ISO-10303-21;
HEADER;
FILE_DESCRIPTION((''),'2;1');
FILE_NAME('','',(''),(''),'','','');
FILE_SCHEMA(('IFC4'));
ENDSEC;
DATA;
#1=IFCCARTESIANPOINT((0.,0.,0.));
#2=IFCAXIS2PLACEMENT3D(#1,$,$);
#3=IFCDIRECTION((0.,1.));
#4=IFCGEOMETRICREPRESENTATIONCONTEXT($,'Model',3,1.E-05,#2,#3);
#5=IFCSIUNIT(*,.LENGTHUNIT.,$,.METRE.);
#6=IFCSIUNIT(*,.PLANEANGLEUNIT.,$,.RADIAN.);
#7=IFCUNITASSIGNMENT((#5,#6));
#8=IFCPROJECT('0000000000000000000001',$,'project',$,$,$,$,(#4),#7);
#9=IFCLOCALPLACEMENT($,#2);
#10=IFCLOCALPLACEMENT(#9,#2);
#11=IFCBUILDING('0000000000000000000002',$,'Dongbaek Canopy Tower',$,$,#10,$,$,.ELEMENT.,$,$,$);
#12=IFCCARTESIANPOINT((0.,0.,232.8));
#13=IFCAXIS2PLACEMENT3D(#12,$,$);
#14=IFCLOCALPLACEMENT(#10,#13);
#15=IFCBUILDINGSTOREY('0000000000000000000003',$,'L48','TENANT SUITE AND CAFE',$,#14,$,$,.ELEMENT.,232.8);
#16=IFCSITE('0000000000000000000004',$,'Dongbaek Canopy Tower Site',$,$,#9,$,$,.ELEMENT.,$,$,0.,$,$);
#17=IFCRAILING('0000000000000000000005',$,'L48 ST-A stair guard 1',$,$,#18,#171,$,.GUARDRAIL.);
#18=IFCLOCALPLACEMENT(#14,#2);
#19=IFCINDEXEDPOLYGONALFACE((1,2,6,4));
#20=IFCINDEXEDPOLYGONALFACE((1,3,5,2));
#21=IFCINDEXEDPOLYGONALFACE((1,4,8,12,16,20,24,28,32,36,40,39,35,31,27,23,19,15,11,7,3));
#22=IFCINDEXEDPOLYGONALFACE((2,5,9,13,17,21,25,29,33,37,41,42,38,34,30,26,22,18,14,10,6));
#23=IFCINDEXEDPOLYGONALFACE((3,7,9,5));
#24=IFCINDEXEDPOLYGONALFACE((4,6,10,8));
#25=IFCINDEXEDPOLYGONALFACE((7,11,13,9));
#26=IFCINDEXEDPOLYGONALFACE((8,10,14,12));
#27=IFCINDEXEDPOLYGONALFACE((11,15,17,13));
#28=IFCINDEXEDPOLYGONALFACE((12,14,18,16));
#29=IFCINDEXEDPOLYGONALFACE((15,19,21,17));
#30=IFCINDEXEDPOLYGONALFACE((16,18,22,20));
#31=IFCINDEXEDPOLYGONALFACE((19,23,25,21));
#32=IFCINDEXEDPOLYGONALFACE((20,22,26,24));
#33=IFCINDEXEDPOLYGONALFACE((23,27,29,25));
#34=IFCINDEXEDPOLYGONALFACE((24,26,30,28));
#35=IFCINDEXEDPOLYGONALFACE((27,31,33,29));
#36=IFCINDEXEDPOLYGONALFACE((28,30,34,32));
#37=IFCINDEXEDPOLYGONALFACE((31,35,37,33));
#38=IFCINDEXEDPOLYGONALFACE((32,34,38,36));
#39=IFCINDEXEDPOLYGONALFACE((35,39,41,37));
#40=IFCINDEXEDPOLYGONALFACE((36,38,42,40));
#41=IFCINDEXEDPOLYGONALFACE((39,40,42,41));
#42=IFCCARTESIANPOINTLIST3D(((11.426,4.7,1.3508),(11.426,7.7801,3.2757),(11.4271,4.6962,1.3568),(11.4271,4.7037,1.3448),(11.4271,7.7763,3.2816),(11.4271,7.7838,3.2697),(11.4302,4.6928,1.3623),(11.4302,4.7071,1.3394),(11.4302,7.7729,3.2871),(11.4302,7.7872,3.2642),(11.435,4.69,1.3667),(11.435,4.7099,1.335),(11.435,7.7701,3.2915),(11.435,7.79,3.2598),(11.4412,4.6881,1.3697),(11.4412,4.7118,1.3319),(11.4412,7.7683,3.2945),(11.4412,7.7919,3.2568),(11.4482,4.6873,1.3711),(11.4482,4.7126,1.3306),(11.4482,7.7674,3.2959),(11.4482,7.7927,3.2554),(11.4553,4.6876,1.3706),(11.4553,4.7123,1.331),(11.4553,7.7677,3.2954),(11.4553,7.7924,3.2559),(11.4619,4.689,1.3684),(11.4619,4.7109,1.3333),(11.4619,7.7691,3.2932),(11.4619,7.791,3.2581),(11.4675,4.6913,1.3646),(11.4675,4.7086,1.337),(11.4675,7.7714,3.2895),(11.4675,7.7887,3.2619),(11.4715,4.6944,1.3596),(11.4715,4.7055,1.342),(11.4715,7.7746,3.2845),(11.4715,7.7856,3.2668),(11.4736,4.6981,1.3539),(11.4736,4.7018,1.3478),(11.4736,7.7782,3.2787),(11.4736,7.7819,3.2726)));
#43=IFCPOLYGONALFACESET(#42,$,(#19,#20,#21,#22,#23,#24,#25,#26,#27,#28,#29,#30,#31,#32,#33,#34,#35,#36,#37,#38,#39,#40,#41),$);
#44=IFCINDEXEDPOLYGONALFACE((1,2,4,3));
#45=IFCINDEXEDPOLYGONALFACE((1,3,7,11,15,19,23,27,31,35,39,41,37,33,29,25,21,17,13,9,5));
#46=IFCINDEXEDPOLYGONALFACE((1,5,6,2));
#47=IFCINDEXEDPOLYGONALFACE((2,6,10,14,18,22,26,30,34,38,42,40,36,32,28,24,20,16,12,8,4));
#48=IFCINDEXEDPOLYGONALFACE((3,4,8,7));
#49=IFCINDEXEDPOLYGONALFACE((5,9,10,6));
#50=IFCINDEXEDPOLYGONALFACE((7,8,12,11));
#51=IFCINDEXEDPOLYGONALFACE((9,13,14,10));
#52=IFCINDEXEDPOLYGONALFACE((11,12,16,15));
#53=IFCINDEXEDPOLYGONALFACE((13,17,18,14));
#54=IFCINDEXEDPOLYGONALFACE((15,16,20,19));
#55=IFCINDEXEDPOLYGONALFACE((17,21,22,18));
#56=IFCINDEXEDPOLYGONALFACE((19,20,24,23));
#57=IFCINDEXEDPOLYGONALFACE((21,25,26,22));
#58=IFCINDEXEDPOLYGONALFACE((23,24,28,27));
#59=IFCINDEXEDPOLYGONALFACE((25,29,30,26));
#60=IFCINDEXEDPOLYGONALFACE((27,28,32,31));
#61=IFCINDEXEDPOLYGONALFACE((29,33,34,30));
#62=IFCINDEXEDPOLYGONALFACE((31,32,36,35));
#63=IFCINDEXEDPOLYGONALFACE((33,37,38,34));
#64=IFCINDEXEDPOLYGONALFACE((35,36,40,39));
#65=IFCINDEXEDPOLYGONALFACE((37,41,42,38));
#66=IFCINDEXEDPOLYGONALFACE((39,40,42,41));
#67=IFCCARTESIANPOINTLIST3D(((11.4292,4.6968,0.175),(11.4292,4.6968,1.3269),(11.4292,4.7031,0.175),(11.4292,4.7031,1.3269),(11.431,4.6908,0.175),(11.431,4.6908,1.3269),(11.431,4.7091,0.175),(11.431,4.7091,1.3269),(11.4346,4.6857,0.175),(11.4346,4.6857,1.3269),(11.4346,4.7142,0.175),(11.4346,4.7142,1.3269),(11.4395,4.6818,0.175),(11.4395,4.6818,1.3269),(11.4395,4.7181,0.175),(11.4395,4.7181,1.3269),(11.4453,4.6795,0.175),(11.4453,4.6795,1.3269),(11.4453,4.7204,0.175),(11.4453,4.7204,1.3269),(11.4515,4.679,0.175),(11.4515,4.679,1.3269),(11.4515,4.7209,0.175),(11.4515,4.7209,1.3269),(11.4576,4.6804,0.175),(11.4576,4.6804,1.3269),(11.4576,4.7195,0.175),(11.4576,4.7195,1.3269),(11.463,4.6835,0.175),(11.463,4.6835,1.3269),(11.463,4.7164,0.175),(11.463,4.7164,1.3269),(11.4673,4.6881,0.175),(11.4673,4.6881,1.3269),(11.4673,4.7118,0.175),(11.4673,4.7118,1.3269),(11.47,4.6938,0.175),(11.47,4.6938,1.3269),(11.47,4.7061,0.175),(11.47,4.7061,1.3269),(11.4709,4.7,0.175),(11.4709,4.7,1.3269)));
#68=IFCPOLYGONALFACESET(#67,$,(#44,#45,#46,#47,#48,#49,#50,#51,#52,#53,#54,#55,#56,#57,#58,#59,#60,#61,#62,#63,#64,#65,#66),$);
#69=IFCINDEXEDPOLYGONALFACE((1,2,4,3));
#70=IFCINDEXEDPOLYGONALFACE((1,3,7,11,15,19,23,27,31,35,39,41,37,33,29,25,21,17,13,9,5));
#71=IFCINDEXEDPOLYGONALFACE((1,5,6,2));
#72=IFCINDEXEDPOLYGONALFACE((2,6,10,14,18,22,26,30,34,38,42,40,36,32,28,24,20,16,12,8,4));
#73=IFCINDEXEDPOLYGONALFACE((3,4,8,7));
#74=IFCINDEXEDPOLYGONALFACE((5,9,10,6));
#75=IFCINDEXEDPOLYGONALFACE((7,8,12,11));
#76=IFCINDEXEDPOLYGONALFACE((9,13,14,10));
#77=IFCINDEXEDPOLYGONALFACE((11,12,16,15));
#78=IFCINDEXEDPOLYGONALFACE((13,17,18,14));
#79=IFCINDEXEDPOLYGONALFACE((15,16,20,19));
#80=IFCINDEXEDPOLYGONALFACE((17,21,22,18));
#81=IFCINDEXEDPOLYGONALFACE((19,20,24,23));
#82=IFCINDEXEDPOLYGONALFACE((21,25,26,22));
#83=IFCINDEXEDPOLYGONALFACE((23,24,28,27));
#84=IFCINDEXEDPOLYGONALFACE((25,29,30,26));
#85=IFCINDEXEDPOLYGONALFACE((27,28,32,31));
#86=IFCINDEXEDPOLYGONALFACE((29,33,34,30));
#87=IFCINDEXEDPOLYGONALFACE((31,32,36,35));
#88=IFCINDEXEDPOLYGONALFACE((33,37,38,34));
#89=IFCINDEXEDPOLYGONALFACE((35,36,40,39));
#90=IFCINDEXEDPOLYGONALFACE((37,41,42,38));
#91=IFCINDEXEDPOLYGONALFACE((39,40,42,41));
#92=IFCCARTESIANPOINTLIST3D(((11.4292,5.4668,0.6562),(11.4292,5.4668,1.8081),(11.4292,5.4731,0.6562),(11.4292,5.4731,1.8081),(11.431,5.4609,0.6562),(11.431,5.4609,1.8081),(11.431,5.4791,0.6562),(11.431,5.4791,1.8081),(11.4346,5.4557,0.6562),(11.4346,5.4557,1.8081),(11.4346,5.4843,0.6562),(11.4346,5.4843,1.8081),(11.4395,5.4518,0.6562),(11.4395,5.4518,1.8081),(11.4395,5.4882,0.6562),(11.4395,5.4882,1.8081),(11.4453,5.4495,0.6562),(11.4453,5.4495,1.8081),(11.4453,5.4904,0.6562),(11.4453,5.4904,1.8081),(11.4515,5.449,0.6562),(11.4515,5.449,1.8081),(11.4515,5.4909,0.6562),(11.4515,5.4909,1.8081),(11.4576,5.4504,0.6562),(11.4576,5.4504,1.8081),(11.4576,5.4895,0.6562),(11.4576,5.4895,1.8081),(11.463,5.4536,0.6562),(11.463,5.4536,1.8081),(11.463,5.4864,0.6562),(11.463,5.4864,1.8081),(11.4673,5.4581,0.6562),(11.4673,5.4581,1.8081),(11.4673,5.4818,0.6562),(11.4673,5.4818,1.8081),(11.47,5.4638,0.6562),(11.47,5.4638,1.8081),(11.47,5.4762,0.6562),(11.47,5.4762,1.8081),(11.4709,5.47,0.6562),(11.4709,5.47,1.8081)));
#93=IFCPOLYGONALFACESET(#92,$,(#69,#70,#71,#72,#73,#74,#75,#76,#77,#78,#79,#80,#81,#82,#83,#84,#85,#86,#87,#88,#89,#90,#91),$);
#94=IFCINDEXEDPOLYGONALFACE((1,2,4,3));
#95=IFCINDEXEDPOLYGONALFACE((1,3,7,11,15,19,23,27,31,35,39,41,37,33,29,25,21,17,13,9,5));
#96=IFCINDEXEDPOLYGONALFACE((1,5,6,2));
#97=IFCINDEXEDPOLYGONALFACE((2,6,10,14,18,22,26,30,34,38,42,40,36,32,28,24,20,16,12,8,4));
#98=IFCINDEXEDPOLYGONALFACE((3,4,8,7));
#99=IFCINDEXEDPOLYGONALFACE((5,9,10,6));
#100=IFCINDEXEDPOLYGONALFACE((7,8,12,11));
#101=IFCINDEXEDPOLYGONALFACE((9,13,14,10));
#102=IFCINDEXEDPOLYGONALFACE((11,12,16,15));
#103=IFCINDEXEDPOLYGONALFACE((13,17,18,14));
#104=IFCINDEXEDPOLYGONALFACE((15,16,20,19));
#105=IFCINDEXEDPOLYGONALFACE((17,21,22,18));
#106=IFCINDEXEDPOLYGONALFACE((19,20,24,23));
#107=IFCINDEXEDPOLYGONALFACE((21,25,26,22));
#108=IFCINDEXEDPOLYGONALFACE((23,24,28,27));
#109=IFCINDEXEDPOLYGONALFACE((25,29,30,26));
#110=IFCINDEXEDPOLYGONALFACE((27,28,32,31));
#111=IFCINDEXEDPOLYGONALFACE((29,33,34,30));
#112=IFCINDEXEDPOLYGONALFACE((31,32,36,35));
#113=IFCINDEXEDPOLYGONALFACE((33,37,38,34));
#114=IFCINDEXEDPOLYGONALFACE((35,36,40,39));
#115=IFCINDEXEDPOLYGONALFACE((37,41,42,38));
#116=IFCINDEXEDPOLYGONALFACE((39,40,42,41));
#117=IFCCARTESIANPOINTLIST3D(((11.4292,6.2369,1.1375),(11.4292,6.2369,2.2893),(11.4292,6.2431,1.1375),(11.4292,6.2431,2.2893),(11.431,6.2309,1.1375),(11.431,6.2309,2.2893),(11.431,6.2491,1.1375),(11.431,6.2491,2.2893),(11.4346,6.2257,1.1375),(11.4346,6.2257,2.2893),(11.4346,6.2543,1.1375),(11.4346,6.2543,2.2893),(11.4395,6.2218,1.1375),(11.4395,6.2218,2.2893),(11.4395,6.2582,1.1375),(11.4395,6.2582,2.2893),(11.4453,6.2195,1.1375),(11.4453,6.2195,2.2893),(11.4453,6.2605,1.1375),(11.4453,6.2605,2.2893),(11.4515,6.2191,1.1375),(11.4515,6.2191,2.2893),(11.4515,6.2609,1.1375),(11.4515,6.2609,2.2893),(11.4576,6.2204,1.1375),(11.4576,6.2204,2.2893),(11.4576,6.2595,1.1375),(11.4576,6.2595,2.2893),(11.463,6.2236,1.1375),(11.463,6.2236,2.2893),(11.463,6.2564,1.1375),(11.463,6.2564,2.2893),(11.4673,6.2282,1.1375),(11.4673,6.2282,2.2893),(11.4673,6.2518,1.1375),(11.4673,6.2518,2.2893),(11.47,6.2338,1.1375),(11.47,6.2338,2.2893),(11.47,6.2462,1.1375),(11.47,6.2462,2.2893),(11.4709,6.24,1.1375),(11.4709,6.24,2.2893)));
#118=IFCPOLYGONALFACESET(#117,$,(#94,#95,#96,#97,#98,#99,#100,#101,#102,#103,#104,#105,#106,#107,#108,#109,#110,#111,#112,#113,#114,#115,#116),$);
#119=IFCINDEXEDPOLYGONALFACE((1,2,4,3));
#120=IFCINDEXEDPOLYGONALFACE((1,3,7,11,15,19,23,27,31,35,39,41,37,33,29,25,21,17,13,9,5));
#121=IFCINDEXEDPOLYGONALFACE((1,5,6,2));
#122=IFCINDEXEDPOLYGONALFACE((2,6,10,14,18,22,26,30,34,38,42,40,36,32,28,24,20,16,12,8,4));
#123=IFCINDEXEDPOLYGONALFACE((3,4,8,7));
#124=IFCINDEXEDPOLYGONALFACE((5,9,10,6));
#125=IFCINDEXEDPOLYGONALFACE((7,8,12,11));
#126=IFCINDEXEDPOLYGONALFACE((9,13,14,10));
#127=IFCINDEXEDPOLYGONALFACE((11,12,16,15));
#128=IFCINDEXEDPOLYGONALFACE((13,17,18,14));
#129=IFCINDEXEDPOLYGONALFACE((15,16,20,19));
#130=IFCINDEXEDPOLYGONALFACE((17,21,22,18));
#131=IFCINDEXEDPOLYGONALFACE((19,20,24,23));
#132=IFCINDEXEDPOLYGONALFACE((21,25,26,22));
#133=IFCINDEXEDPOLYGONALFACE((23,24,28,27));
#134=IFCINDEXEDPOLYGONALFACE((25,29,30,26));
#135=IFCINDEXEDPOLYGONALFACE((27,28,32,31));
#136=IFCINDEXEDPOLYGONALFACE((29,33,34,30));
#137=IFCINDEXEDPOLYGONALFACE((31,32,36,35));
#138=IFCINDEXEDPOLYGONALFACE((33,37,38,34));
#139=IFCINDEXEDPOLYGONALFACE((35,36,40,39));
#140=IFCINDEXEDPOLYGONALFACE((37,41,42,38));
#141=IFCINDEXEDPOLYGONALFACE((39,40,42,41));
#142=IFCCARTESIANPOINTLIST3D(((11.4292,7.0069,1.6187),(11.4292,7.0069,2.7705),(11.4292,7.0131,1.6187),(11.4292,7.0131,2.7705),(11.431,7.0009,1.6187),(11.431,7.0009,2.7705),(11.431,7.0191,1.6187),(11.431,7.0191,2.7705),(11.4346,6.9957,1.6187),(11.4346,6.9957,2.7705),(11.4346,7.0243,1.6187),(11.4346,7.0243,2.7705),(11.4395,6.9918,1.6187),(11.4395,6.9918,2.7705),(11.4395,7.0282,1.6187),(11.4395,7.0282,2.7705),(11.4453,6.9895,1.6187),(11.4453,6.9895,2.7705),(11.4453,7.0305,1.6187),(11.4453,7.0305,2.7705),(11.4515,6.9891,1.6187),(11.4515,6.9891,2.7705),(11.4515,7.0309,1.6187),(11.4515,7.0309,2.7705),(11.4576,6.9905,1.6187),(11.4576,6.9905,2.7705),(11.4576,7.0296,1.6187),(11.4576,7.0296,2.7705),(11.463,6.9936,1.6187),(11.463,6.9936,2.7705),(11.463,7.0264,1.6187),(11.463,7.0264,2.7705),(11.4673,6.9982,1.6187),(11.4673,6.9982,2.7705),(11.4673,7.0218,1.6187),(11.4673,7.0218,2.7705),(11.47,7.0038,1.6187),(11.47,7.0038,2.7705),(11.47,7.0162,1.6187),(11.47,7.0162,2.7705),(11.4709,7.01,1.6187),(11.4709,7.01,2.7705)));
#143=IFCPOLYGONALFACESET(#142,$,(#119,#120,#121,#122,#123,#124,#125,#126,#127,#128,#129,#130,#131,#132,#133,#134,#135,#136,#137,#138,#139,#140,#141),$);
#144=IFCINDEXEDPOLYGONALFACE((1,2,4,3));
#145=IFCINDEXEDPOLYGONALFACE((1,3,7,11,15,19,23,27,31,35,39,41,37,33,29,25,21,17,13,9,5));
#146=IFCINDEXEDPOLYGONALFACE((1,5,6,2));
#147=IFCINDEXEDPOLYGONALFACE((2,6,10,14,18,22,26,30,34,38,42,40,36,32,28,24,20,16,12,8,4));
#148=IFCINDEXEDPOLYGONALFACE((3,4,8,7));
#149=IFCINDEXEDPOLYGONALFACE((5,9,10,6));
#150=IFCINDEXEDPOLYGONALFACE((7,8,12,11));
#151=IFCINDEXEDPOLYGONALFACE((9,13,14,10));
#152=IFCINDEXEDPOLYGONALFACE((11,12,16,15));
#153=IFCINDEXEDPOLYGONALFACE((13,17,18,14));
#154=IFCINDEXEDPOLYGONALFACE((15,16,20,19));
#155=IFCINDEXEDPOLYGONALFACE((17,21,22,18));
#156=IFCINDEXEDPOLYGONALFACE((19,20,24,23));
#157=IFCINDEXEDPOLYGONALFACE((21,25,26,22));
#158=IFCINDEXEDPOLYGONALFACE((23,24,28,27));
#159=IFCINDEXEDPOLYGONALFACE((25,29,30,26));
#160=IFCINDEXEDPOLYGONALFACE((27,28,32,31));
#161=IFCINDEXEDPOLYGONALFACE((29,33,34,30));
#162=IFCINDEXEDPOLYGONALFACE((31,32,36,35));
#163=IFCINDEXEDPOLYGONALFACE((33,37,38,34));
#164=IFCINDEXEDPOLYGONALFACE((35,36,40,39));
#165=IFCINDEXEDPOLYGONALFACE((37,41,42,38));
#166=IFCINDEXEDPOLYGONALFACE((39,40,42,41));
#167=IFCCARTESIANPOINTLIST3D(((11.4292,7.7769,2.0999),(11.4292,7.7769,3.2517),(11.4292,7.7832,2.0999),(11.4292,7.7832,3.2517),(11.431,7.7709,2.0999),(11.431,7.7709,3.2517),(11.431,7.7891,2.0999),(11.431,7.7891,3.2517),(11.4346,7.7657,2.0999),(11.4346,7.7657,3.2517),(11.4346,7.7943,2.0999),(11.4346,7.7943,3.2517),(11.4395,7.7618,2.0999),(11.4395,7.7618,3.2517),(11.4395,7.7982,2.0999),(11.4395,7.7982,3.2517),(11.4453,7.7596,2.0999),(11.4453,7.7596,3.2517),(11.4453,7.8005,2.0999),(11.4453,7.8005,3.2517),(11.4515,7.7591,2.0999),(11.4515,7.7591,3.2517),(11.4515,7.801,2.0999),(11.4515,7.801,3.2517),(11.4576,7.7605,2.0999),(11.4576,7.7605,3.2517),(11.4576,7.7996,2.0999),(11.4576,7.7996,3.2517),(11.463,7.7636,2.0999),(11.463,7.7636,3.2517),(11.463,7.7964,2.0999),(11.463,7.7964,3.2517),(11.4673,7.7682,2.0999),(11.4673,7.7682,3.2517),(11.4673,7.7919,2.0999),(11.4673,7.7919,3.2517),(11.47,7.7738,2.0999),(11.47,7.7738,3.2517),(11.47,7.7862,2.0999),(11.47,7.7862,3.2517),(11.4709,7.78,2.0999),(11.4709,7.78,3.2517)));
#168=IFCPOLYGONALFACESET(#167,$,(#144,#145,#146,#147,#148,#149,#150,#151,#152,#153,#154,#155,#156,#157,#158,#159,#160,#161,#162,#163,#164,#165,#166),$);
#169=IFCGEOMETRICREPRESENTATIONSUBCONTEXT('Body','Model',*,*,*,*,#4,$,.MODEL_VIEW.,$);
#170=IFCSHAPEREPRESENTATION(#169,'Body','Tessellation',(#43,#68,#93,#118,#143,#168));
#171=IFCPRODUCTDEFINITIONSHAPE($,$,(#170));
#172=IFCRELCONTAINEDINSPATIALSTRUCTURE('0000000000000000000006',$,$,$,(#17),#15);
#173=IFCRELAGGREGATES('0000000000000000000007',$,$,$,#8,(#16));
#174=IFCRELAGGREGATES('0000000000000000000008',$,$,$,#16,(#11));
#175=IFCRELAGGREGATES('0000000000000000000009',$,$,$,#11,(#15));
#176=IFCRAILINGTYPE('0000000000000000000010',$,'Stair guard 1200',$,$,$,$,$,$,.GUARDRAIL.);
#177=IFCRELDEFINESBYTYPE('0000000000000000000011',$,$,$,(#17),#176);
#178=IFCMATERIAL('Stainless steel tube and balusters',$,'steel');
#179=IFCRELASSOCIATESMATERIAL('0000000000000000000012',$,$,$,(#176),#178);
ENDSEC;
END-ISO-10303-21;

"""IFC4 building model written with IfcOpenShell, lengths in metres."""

from ifc_helpers import new_model, si_unit, direction, frame, origin, origin_2d, place, context, subcontext, project, spatial, circle, extrude, material, type_object, element, save


model = new_model("IFC4")

# Units and contexts
model_context = context("Model", 3, precision=1e-05, world=origin(), true_north=direction((0.0, 1.0)))
body_context = subcontext(model_context, "Body", "Model", "MODEL_VIEW")
ifc_project = project(units=[si_unit("LENGTHUNIT", "METRE"), si_unit("PLANEANGLEUNIT", "RADIAN")], contexts=[model_context])

# Site, building, storey
site_placement = place(None, origin())
site = spatial("IfcSite", under=ifc_project, at=site_placement, Name="Dongbaek Canopy Tower Site", CompositionType="ELEMENT", RefElevation=0.0)
building_placement = place(site_placement, origin())
building = spatial("IfcBuilding", under=site, at=building_placement, Name="Dongbaek Canopy Tower", CompositionType="ELEMENT")
storey_placement = place(building_placement, frame((0.0, 0.0, 232.8)))
storey = spatial("IfcBuildingStorey", under=building, at=storey_placement, Name="L48", Description="TENANT SUITE AND CAFE", CompositionType="ELEMENT", Elevation=232.8)

# Railing
ifc_material_1 = material(Name="Stainless steel tube and balusters", Category="steel")
railing_type_1 = type_object("IfcRailingType", Name="Stair guard 1200", PredefinedType="GUARDRAIL", material=ifc_material_1)
railing_1_placement = place(storey_placement, frame((11.45, 4.7, 0.175)))
element("IfcRailing", 1, at=railing_1_placement, inside=storey, type_object=railing_type_1, Name="L48 ST-A stair guard 1", PredefinedType="GUARDRAIL", context=body_context, shape_type="SweptSolid", body=[
    extrude(circle(Radius=0.0239, at=origin_2d()), frame((0.0, 0.0, 1.1758), z_axis=(0.0, 0.848029, 0.529951), x_axis=(-1.0, 0.0, 0.0)), (0.0, 0.0, 1.0), 3.6321),
    extrude(circle(Radius=0.021, at=origin_2d()), origin(), (0.0, 0.0, 1.0), 1.1519),
    extrude(circle(Radius=0.021, at=origin_2d()), frame((0.0, 0.77, 0.4812)), (0.0, 0.0, 1.0), 1.1519),
    extrude(circle(Radius=0.021, at=origin_2d()), frame((0.0, 1.54, 0.9624)), (0.0, 0.0, 1.0), 1.1519),
    extrude(circle(Radius=0.021, at=origin_2d()), frame((0.0, 2.3101, 1.4436)), (0.0, 0.0, 1.0), 1.1519),
    extrude(circle(Radius=0.021, at=origin_2d()), frame((0.0, 3.0801, 1.9248)), (0.0, 0.0, 1.0), 1.1519),
])

save(model, "model.ifc")
